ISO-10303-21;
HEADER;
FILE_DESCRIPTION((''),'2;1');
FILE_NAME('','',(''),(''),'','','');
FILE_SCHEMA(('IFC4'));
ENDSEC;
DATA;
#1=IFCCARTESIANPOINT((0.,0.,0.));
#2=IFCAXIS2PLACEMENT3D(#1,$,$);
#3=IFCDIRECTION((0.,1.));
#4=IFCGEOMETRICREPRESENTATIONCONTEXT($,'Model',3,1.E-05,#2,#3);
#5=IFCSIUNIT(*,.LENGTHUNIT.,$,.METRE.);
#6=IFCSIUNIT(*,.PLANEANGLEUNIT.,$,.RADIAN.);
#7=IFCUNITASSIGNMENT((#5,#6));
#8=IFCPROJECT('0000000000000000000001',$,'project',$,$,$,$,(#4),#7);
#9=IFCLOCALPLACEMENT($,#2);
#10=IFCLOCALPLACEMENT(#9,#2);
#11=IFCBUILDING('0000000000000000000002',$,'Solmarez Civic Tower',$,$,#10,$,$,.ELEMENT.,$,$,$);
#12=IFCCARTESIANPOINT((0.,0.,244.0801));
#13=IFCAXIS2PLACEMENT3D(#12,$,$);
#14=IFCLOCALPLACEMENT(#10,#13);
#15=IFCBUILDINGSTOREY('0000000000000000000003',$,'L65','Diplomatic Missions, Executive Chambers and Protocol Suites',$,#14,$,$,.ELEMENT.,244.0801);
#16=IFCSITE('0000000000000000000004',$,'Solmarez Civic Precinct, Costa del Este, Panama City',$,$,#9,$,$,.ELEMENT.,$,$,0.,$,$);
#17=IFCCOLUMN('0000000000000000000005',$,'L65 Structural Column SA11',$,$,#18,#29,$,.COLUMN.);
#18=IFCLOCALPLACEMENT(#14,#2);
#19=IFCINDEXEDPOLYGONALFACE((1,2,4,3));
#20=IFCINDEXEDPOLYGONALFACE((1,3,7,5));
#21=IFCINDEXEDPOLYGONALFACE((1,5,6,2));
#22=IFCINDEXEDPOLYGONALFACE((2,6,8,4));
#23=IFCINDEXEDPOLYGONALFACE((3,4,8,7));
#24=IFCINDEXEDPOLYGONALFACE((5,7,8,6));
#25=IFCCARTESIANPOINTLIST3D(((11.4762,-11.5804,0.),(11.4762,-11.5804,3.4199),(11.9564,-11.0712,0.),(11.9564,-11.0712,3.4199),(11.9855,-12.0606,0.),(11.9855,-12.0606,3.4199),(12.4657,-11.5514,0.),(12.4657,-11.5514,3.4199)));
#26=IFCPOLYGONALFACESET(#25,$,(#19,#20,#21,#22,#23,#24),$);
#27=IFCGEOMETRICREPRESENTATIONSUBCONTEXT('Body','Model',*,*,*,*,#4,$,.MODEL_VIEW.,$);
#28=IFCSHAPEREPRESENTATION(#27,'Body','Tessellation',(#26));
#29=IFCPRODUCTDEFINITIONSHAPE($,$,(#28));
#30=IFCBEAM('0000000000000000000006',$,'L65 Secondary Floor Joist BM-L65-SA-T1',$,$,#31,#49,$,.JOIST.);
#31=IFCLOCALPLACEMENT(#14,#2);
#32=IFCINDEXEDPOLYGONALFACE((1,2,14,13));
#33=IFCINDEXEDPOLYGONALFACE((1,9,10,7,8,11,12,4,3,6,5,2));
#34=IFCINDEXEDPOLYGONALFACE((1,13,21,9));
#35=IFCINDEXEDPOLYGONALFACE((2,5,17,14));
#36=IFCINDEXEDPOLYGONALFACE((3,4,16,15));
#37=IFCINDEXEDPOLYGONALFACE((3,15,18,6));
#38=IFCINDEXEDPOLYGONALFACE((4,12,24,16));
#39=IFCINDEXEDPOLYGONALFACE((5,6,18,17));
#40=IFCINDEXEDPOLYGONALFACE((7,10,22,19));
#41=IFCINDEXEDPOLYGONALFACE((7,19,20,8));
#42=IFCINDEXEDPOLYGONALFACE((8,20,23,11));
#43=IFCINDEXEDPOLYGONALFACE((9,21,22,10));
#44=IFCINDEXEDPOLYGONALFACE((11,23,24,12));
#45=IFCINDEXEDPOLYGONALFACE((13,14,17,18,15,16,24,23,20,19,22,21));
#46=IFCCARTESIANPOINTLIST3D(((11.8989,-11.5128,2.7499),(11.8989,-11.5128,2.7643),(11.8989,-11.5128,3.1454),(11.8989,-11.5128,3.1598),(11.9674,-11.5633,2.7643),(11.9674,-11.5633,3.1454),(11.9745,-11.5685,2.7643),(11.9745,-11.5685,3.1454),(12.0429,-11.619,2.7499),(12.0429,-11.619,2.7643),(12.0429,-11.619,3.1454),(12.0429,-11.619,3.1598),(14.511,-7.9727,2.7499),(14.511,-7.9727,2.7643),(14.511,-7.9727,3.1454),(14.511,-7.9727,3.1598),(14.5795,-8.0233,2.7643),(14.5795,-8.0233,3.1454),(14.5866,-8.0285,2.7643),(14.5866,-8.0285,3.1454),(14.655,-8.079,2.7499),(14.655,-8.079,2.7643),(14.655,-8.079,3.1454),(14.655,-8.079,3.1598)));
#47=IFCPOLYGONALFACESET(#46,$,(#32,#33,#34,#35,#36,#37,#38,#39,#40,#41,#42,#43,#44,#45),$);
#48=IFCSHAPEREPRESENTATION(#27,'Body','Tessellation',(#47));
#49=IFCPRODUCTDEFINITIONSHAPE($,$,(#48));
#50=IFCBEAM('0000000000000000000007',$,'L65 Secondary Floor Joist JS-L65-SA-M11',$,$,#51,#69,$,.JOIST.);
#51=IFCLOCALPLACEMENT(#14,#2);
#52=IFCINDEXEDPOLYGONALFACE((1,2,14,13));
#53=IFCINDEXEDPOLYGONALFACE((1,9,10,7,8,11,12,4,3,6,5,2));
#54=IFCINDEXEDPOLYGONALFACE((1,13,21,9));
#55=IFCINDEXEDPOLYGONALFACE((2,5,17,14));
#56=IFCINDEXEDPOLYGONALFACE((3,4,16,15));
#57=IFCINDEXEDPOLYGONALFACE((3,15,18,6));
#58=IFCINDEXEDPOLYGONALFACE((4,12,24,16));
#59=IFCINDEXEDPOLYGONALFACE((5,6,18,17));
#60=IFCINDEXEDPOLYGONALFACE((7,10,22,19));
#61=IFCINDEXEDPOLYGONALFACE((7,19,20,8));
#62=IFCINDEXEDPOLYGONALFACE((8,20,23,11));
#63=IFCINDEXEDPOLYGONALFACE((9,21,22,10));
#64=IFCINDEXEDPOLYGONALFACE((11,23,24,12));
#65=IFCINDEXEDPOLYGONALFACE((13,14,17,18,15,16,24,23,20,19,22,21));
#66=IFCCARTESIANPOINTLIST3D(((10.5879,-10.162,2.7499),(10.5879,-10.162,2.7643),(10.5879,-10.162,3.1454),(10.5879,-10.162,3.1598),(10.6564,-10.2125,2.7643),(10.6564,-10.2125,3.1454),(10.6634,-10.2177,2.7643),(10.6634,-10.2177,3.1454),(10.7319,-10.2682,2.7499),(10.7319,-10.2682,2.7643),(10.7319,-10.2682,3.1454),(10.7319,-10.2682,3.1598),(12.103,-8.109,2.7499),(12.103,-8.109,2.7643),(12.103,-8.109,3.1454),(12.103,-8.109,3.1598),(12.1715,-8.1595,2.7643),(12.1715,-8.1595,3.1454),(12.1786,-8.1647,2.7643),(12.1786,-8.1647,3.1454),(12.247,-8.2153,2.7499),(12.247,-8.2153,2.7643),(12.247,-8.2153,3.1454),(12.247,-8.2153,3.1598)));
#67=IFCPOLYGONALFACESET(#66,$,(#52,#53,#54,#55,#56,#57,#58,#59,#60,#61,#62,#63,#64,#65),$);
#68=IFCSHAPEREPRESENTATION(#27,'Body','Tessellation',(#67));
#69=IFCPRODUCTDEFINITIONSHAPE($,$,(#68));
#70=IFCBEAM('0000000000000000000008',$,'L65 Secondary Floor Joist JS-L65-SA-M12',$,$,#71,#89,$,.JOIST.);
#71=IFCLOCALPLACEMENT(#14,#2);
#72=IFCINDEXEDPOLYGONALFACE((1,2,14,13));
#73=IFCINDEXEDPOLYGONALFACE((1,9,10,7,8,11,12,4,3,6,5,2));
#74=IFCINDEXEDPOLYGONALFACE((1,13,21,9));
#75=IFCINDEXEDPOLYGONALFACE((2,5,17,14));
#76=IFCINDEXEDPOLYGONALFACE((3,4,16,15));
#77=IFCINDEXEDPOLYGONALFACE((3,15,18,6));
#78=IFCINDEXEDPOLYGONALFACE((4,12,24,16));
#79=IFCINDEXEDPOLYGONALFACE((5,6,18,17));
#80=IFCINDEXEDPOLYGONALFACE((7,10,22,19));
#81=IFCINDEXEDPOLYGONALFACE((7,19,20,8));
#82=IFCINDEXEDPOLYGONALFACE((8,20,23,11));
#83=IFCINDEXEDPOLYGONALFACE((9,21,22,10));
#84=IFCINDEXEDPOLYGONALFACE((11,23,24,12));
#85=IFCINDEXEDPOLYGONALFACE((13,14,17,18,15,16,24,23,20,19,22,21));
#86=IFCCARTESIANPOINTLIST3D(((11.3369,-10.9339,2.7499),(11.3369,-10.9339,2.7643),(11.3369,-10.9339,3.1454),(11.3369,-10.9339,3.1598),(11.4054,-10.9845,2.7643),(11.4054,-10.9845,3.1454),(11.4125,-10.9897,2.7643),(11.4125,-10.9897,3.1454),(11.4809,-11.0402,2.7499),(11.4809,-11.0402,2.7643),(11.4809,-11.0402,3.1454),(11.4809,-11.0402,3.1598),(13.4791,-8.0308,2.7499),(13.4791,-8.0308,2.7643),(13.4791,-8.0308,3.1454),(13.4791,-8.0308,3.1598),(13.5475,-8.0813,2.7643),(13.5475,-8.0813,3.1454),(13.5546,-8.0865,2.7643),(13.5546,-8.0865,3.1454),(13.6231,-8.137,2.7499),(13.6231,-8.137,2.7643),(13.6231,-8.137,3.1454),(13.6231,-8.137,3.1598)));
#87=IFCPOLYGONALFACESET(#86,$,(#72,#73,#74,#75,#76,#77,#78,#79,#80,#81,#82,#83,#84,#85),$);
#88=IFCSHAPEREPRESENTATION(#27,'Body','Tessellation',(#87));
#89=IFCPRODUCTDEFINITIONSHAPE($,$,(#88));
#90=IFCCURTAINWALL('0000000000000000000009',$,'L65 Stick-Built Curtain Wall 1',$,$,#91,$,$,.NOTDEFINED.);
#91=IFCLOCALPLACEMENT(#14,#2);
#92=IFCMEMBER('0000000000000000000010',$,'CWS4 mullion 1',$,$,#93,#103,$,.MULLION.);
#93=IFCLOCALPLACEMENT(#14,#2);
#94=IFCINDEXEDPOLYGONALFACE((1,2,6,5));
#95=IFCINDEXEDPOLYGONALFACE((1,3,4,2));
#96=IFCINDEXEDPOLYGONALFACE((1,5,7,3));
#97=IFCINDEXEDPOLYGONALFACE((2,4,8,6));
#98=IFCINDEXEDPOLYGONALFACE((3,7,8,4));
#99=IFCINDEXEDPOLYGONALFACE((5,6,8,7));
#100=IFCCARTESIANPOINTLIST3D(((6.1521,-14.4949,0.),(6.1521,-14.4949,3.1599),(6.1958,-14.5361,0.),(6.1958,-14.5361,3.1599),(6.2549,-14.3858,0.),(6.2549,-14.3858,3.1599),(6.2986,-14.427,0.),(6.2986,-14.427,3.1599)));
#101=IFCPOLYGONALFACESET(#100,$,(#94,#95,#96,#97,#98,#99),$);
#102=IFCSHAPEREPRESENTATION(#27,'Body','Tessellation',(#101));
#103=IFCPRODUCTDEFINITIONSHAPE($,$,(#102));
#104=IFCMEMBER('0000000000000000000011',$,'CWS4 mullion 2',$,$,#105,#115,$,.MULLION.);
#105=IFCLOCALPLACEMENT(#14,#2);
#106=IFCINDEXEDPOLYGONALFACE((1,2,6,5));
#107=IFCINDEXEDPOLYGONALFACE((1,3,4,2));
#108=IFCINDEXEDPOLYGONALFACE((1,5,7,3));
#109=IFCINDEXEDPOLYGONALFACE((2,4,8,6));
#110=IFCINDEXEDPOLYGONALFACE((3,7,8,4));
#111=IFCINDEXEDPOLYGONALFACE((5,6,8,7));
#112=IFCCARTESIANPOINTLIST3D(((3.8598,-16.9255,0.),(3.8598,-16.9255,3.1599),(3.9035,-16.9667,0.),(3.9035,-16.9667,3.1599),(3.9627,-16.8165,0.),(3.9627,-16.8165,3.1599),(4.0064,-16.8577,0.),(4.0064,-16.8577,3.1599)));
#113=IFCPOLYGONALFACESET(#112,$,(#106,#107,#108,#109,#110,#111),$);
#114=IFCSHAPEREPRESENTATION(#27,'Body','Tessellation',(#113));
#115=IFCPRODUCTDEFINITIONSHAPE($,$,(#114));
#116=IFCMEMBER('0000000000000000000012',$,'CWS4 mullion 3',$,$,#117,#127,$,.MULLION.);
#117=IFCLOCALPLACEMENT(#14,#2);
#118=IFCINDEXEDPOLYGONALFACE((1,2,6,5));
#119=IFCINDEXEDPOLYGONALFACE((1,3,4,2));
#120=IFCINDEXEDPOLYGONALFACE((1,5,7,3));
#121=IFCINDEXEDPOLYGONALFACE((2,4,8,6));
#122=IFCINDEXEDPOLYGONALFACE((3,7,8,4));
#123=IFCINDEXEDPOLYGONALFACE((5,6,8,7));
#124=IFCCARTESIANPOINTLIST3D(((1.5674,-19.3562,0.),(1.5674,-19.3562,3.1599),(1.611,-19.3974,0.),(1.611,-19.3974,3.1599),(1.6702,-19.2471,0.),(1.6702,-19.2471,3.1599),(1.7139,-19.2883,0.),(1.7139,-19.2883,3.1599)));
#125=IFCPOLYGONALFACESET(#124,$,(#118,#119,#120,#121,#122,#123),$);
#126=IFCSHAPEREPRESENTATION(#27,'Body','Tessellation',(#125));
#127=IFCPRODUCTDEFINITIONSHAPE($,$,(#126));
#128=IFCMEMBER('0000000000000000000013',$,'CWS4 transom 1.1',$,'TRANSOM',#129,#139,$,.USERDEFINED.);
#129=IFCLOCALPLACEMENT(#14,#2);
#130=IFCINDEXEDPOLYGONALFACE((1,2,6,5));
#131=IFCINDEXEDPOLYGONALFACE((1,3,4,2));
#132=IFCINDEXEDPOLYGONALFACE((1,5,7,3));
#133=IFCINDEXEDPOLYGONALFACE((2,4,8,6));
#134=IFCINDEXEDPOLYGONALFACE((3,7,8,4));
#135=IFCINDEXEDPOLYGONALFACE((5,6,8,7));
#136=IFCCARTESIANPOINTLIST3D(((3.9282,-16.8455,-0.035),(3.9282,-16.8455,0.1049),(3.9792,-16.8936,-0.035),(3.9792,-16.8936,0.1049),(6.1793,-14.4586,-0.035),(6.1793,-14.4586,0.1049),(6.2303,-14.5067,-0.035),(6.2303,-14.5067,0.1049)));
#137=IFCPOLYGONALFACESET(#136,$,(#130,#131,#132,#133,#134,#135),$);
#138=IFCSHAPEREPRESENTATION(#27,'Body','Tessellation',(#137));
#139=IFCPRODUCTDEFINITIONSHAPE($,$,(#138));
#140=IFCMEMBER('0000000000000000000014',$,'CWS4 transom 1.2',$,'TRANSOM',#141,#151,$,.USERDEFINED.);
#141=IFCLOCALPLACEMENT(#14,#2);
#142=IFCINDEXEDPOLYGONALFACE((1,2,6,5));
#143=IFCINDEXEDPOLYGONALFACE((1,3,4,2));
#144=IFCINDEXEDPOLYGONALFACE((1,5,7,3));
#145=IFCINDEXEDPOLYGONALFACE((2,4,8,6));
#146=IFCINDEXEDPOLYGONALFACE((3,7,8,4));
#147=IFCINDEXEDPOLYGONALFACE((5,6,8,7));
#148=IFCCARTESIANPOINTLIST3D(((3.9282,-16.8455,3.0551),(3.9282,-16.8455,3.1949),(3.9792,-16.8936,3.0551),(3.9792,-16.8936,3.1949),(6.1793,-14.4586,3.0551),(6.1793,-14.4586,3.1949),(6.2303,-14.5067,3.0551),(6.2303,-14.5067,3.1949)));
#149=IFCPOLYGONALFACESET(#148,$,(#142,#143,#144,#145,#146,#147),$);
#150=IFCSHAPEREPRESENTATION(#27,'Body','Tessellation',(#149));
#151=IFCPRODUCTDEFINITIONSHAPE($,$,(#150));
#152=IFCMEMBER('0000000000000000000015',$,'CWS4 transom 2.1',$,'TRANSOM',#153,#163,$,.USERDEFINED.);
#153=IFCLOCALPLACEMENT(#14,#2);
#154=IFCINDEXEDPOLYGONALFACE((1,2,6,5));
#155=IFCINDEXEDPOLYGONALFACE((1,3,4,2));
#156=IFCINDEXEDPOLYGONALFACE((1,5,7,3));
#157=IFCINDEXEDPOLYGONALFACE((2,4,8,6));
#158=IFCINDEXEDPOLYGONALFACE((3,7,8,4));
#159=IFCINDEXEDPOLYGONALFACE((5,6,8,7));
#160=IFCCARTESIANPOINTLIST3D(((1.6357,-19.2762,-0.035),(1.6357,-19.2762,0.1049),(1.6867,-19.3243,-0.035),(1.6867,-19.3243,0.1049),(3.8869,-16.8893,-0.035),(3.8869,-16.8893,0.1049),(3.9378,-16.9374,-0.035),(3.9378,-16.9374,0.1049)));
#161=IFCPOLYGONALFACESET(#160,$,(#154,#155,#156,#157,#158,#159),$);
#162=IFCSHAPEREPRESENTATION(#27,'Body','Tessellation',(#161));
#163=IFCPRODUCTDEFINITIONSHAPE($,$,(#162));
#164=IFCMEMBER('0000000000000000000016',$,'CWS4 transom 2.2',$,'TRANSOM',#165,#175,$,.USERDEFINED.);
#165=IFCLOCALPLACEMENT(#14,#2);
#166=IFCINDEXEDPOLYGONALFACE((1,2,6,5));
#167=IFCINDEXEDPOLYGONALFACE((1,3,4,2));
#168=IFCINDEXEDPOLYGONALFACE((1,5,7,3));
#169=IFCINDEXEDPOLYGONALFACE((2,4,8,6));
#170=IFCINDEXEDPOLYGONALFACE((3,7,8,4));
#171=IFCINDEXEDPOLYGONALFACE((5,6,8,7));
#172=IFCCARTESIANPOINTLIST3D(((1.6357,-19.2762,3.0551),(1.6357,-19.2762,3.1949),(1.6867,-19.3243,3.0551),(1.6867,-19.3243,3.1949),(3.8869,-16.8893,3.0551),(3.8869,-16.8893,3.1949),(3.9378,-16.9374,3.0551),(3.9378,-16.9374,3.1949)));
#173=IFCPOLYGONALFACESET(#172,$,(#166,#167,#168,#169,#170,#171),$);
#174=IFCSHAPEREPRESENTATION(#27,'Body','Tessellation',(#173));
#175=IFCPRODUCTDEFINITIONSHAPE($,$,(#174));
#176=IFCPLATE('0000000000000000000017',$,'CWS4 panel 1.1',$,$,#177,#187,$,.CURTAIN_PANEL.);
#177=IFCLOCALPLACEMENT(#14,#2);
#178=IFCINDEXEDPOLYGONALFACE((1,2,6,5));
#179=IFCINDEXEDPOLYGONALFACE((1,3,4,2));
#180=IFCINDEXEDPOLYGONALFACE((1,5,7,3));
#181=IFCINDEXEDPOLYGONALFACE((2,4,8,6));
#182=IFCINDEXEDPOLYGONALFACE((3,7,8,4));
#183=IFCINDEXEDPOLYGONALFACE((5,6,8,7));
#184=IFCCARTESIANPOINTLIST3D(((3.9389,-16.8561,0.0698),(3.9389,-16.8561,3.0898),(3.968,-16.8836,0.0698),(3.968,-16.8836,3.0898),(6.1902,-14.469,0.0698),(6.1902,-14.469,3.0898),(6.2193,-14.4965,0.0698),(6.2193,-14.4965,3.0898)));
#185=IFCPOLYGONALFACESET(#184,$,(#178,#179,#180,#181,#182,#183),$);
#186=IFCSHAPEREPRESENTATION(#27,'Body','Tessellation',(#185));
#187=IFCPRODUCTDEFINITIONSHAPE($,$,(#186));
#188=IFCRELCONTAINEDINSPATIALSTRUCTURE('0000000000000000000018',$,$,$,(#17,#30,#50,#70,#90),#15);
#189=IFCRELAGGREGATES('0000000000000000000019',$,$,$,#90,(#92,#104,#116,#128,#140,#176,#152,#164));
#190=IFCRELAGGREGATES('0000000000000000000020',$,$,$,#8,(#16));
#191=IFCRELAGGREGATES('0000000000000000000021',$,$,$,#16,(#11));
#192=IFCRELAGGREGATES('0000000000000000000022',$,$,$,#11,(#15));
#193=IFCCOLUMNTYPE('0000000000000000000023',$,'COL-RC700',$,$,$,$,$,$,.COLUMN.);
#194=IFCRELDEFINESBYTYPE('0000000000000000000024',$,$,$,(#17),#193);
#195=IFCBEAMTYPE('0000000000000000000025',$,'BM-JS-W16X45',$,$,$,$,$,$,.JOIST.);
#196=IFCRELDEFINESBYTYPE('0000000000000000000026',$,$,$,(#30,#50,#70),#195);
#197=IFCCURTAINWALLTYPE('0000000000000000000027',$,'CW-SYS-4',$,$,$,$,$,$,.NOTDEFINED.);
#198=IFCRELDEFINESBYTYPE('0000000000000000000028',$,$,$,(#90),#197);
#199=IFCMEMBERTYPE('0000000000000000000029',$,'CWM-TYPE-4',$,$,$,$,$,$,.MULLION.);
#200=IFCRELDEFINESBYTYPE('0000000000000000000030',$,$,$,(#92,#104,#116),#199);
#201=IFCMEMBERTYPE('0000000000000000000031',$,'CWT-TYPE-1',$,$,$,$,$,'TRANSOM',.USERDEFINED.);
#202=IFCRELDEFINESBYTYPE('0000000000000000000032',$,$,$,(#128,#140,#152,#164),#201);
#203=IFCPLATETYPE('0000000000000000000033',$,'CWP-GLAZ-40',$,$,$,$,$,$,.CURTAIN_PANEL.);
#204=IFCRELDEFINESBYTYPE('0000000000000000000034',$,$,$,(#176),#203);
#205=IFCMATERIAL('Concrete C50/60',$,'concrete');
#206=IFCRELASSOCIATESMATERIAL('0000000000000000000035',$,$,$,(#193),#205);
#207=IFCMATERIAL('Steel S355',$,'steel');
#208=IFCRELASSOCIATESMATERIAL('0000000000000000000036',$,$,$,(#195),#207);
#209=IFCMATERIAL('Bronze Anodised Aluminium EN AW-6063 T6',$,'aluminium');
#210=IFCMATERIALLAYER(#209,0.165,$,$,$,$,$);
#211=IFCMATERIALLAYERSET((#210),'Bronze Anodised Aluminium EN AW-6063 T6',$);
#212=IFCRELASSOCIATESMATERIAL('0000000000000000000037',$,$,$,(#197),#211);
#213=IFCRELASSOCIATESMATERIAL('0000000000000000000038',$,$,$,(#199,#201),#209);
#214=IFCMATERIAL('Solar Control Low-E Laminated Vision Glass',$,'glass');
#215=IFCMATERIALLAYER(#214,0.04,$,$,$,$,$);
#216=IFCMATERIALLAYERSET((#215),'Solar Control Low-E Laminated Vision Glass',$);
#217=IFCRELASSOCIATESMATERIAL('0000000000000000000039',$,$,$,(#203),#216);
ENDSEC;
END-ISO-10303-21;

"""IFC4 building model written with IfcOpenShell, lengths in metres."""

from ifc_helpers import new_model, si_unit, direction, frame, origin, origin_2d, place, context, subcontext, project, spatial, rectangle, i_section, extrude, material, layer, layer_set, material_profile, profile_set, type_object, element, aggregate, save


model = new_model("IFC4")

# Units and contexts
model_context = context("Model", 3, precision=1e-05, world=origin(), true_north=direction((0.0, 1.0)))
body_context = subcontext(model_context, "Body", "Model", "MODEL_VIEW")
ifc_project = project(units=[si_unit("LENGTHUNIT", "METRE"), si_unit("PLANEANGLEUNIT", "RADIAN")], contexts=[model_context])

# Site, building, storey
site_placement = place(None, origin())
site = spatial("IfcSite", under=ifc_project, at=site_placement, Name="Solmarez Civic Precinct, Costa del Este, Panama City", CompositionType="ELEMENT", RefElevation=0.0)
building_placement = place(site_placement, origin())
building = spatial("IfcBuilding", under=site, at=building_placement, Name="Solmarez Civic Tower", CompositionType="ELEMENT")
storey_placement = place(building_placement, frame((0.0, 0.0, 244.0801)))
storey = spatial("IfcBuildingStorey", under=building, at=storey_placement, Name="L65", Description="Diplomatic Missions, Executive Chambers and Protocol Suites", CompositionType="ELEMENT", Elevation=244.0801)

# Column
ifc_material_1 = material(Name="Concrete C50/60", Category="concrete")
ifc_material_profile_1 = material_profile(ifc_material_1, rectangle(XDim=0.7, YDim=0.7, at=origin_2d()), Name="RC700X700")
ifc_profile_set_1 = profile_set([ifc_material_profile_1], Name="Concrete C50/60")
column_type = type_object("IfcColumnType", Name="COL-RC700", PredefinedType="COLUMN", material=ifc_profile_set_1)
column_placement = place(storey_placement, frame((11.9709, -11.5659, 0.0), z_axis=(0.0, 0.0, 1.0), x_axis=(0.686072, 0.727533, 0.0)))
element("IfcColumn", 1, at=column_placement, inside=storey, type_object=column_type, Name="L65 Structural Column SA11", PredefinedType="COLUMN", context=body_context, shape_type="SweptSolid", body=[
    extrude(rectangle(XDim=0.7, YDim=0.7, at=origin_2d()), origin(), (0.0, 0.0, 1.0), 3.4199),
])

# Beams
ifc_material_2 = material(Name="Steel S355", Category="steel")
ifc_material_profile_2 = material_profile(ifc_material_2, i_section(OverallWidth=0.179, OverallDepth=0.4099, WebThickness=0.0088, FlangeThickness=0.0144, at=origin_2d()), Name="W16X45")
ifc_profile_set_2 = profile_set([ifc_material_profile_2], Name="Steel S355")
beam_type = type_object("IfcBeamType", Name="BM-JS-W16X45", PredefinedType="JOIST", material=ifc_profile_set_2)
beam_1_placement = place(storey_placement, frame((11.9709, -11.5659, 2.9548), z_axis=(0.593731, 0.804664, 0.0), x_axis=(-0.804664, 0.593731, 0.0)))
element("IfcBeam", 2, at=beam_1_placement, inside=storey, type_object=beam_type, Name="L65 Secondary Floor Joist BM-L65-SA-T1", PredefinedType="JOIST", context=body_context, shape_type="SweptSolid", body=[
    extrude(i_section(OverallWidth=0.179, OverallDepth=0.4099, WebThickness=0.0088, FlangeThickness=0.0144, at=origin_2d()), origin(), (0.0, 0.0, 1.0), 4.3994),
])
beam_2_placement = place(storey_placement, frame((10.6599, -10.2151, 2.9548), z_axis=(0.593812, 0.804603, 0.0), x_axis=(-0.804603, 0.593812, 0.0)))
element("IfcBeam", 3, at=beam_2_placement, inside=storey, type_object=beam_type, Name="L65 Secondary Floor Joist JS-L65-SA-M11", PredefinedType="JOIST", context=body_context, shape_type="SweptSolid", body=[
    extrude(i_section(OverallWidth=0.179, OverallDepth=0.4099, WebThickness=0.0088, FlangeThickness=0.0144, at=origin_2d()), origin(), (0.0, 0.0, 1.0), 2.5515),
])
beam_3_placement = place(storey_placement, frame((11.4089, -10.9871, 2.9548), z_axis=(0.593734, 0.804661, 0.0), x_axis=(-0.804661, 0.593734, 0.0)))
element("IfcBeam", 4, at=beam_3_placement, inside=storey, type_object=beam_type, Name="L65 Secondary Floor Joist JS-L65-SA-M12", PredefinedType="JOIST", context=body_context, shape_type="SweptSolid", body=[
    extrude(i_section(OverallWidth=0.179, OverallDepth=0.4099, WebThickness=0.0088, FlangeThickness=0.0144, at=origin_2d()), origin(), (0.0, 0.0, 1.0), 3.6079),
])

# Curtain wall, members, plate
ifc_material_3 = material(Name="Bronze Anodised Aluminium EN AW-6063 T6", Category="aluminium")
ifc_layer_1 = layer(ifc_material_3, 0.165)
ifc_layer_set_1 = layer_set([ifc_layer_1], Name="Bronze Anodised Aluminium EN AW-6063 T6")
curtain_wall_type = type_object("IfcCurtainWallType", Name="CW-SYS-4", PredefinedType="NOTDEFINED", material=ifc_layer_set_1)
curtain_wall_placement = place(storey_placement, origin())
curtain_wall = element("IfcCurtainWall", 5, at=curtain_wall_placement, inside=storey, type_object=curtain_wall_type, Name="L65 Stick-Built Curtain Wall 1", PredefinedType="NOTDEFINED")
ifc_material_profile_3 = material_profile(ifc_material_3, rectangle(XDim=0.0601, YDim=0.1499, at=origin_2d()), Name="CWM-60X150")
ifc_profile_set_3 = profile_set([ifc_material_profile_3], Name="Bronze Anodised Aluminium EN AW-6063 T6")
member_type_1 = type_object("IfcMemberType", Name="CWM-TYPE-4", PredefinedType="MULLION", material=ifc_profile_set_3)
member_1_placement = place(storey_placement, frame((6.2253, -14.4609, 0.0), z_axis=(0.0, 0.0, 1.0), x_axis=(0.727494, -0.686114, 0.0)))
member_1 = element("IfcMember", 6, at=member_1_placement, type_object=member_type_1, Name="CWS4 mullion 1", PredefinedType="MULLION", context=body_context, shape_type="SweptSolid", body=[
    extrude(rectangle(XDim=0.0601, YDim=0.1499, at=origin_2d()), origin(), (0.0, 0.0, 1.0), 3.1599),
])
member_2_placement = place(storey_placement, frame((3.9331, -16.8916, 0.0), z_axis=(0.0, 0.0, 1.0), x_axis=(0.727494, -0.686114, 0.0)))
member_2 = element("IfcMember", 7, at=member_2_placement, type_object=member_type_1, Name="CWS4 mullion 2", PredefinedType="MULLION", context=body_context, shape_type="SweptSolid", body=[
    extrude(rectangle(XDim=0.0601, YDim=0.1499, at=origin_2d()), origin(), (0.0, 0.0, 1.0), 3.1599),
])
member_3_placement = place(storey_placement, frame((1.6406, -19.3223, 0.0), z_axis=(0.0, 0.0, 1.0), x_axis=(0.727494, -0.686114, 0.0)))
member_3 = element("IfcMember", 8, at=member_3_placement, type_object=member_type_1, Name="CWS4 mullion 3", PredefinedType="MULLION", context=body_context, shape_type="SweptSolid", body=[
    extrude(rectangle(XDim=0.0601, YDim=0.1499, at=origin_2d()), origin(), (0.0, 0.0, 1.0), 3.1599),
])
ifc_material_profile_4 = material_profile(ifc_material_3, rectangle(XDim=0.0701, YDim=0.1399, at=origin_2d()), Name="CWT-70X140")
ifc_profile_set_4 = profile_set([ifc_material_profile_4], Name="Bronze Anodised Aluminium EN AW-6063 T6")
member_type_2 = type_object("IfcMemberType", Name="CWT-TYPE-1", ElementType="TRANSOM", PredefinedType="USERDEFINED", material=ifc_profile_set_4)
member_4_placement = place(storey_placement, frame((6.2048, -14.4827, 0.0349), z_axis=(-0.686119, -0.72749, 0.0), x_axis=(0.72749, -0.686119, 0.0)))
member_4 = element("IfcMember", 9, at=member_4_placement, type_object=member_type_2, Name="CWS4 transom 1.1", ObjectType="TRANSOM", PredefinedType="USERDEFINED", context=body_context, shape_type="SweptSolid", body=[
    extrude(rectangle(XDim=0.0701, YDim=0.1399, at=origin_2d()), origin(), (0.0, 0.0, 1.0), 3.281),
])
member_5_placement = place(storey_placement, frame((6.2048, -14.4827, 3.125), z_axis=(-0.686119, -0.72749, 0.0), x_axis=(0.72749, -0.686119, 0.0)))
member_5 = element("IfcMember", 10, at=member_5_placement, type_object=member_type_2, Name="CWS4 transom 1.2", ObjectType="TRANSOM", PredefinedType="USERDEFINED", context=body_context, shape_type="SweptSolid", body=[
    extrude(rectangle(XDim=0.0701, YDim=0.1399, at=origin_2d()), origin(), (0.0, 0.0, 1.0), 3.281),
])
member_6_placement = place(storey_placement, frame((3.9124, -16.9133, 0.0349), z_axis=(-0.686119, -0.72749, 0.0), x_axis=(0.72749, -0.686119, 0.0)))
member_6 = element("IfcMember", 11, at=member_6_placement, type_object=member_type_2, Name="CWS4 transom 2.1", ObjectType="TRANSOM", PredefinedType="USERDEFINED", context=body_context, shape_type="SweptSolid", body=[
    extrude(rectangle(XDim=0.0701, YDim=0.1399, at=origin_2d()), origin(), (0.0, 0.0, 1.0), 3.281),
])
member_7_placement = place(storey_placement, frame((3.9124, -16.9133, 3.125), z_axis=(-0.686119, -0.72749, 0.0), x_axis=(0.72749, -0.686119, 0.0)))
member_7 = element("IfcMember", 12, at=member_7_placement, type_object=member_type_2, Name="CWS4 transom 2.2", ObjectType="TRANSOM", PredefinedType="USERDEFINED", context=body_context, shape_type="SweptSolid", body=[
    extrude(rectangle(XDim=0.0701, YDim=0.1399, at=origin_2d()), origin(), (0.0, 0.0, 1.0), 3.281),
])
ifc_material_4 = material(Name="Solar Control Low-E Laminated Vision Glass", Category="glass")
ifc_layer_2 = layer(ifc_material_4, 0.04)
ifc_layer_set_2 = layer_set([ifc_layer_2], Name="Solar Control Low-E Laminated Vision Glass")
plate_type = type_object("IfcPlateType", Name="CWP-GLAZ-40", PredefinedType="CURTAIN_PANEL", material=ifc_layer_set_2)
plate_1_placement = place(storey_placement, frame((5.0791, -15.6763, 0.0698), z_axis=(0.0, 0.0, 1.0), x_axis=(-0.686114, -0.727494, 0.0)))
plate_1 = element("IfcPlate", 13, at=plate_1_placement, type_object=plate_type, Name="CWS4 panel 1.1", PredefinedType="CURTAIN_PANEL", context=body_context, shape_type="SweptSolid", body=[
    extrude(rectangle(XDim=3.2812, YDim=0.04, at=origin_2d()), origin(), (0.0, 0.0, 1.0), 3.02),
])
aggregate(curtain_wall, [member_1, member_2, member_3, member_4, member_5, plate_1, member_6, member_7])

save(model, "model.ifc")
